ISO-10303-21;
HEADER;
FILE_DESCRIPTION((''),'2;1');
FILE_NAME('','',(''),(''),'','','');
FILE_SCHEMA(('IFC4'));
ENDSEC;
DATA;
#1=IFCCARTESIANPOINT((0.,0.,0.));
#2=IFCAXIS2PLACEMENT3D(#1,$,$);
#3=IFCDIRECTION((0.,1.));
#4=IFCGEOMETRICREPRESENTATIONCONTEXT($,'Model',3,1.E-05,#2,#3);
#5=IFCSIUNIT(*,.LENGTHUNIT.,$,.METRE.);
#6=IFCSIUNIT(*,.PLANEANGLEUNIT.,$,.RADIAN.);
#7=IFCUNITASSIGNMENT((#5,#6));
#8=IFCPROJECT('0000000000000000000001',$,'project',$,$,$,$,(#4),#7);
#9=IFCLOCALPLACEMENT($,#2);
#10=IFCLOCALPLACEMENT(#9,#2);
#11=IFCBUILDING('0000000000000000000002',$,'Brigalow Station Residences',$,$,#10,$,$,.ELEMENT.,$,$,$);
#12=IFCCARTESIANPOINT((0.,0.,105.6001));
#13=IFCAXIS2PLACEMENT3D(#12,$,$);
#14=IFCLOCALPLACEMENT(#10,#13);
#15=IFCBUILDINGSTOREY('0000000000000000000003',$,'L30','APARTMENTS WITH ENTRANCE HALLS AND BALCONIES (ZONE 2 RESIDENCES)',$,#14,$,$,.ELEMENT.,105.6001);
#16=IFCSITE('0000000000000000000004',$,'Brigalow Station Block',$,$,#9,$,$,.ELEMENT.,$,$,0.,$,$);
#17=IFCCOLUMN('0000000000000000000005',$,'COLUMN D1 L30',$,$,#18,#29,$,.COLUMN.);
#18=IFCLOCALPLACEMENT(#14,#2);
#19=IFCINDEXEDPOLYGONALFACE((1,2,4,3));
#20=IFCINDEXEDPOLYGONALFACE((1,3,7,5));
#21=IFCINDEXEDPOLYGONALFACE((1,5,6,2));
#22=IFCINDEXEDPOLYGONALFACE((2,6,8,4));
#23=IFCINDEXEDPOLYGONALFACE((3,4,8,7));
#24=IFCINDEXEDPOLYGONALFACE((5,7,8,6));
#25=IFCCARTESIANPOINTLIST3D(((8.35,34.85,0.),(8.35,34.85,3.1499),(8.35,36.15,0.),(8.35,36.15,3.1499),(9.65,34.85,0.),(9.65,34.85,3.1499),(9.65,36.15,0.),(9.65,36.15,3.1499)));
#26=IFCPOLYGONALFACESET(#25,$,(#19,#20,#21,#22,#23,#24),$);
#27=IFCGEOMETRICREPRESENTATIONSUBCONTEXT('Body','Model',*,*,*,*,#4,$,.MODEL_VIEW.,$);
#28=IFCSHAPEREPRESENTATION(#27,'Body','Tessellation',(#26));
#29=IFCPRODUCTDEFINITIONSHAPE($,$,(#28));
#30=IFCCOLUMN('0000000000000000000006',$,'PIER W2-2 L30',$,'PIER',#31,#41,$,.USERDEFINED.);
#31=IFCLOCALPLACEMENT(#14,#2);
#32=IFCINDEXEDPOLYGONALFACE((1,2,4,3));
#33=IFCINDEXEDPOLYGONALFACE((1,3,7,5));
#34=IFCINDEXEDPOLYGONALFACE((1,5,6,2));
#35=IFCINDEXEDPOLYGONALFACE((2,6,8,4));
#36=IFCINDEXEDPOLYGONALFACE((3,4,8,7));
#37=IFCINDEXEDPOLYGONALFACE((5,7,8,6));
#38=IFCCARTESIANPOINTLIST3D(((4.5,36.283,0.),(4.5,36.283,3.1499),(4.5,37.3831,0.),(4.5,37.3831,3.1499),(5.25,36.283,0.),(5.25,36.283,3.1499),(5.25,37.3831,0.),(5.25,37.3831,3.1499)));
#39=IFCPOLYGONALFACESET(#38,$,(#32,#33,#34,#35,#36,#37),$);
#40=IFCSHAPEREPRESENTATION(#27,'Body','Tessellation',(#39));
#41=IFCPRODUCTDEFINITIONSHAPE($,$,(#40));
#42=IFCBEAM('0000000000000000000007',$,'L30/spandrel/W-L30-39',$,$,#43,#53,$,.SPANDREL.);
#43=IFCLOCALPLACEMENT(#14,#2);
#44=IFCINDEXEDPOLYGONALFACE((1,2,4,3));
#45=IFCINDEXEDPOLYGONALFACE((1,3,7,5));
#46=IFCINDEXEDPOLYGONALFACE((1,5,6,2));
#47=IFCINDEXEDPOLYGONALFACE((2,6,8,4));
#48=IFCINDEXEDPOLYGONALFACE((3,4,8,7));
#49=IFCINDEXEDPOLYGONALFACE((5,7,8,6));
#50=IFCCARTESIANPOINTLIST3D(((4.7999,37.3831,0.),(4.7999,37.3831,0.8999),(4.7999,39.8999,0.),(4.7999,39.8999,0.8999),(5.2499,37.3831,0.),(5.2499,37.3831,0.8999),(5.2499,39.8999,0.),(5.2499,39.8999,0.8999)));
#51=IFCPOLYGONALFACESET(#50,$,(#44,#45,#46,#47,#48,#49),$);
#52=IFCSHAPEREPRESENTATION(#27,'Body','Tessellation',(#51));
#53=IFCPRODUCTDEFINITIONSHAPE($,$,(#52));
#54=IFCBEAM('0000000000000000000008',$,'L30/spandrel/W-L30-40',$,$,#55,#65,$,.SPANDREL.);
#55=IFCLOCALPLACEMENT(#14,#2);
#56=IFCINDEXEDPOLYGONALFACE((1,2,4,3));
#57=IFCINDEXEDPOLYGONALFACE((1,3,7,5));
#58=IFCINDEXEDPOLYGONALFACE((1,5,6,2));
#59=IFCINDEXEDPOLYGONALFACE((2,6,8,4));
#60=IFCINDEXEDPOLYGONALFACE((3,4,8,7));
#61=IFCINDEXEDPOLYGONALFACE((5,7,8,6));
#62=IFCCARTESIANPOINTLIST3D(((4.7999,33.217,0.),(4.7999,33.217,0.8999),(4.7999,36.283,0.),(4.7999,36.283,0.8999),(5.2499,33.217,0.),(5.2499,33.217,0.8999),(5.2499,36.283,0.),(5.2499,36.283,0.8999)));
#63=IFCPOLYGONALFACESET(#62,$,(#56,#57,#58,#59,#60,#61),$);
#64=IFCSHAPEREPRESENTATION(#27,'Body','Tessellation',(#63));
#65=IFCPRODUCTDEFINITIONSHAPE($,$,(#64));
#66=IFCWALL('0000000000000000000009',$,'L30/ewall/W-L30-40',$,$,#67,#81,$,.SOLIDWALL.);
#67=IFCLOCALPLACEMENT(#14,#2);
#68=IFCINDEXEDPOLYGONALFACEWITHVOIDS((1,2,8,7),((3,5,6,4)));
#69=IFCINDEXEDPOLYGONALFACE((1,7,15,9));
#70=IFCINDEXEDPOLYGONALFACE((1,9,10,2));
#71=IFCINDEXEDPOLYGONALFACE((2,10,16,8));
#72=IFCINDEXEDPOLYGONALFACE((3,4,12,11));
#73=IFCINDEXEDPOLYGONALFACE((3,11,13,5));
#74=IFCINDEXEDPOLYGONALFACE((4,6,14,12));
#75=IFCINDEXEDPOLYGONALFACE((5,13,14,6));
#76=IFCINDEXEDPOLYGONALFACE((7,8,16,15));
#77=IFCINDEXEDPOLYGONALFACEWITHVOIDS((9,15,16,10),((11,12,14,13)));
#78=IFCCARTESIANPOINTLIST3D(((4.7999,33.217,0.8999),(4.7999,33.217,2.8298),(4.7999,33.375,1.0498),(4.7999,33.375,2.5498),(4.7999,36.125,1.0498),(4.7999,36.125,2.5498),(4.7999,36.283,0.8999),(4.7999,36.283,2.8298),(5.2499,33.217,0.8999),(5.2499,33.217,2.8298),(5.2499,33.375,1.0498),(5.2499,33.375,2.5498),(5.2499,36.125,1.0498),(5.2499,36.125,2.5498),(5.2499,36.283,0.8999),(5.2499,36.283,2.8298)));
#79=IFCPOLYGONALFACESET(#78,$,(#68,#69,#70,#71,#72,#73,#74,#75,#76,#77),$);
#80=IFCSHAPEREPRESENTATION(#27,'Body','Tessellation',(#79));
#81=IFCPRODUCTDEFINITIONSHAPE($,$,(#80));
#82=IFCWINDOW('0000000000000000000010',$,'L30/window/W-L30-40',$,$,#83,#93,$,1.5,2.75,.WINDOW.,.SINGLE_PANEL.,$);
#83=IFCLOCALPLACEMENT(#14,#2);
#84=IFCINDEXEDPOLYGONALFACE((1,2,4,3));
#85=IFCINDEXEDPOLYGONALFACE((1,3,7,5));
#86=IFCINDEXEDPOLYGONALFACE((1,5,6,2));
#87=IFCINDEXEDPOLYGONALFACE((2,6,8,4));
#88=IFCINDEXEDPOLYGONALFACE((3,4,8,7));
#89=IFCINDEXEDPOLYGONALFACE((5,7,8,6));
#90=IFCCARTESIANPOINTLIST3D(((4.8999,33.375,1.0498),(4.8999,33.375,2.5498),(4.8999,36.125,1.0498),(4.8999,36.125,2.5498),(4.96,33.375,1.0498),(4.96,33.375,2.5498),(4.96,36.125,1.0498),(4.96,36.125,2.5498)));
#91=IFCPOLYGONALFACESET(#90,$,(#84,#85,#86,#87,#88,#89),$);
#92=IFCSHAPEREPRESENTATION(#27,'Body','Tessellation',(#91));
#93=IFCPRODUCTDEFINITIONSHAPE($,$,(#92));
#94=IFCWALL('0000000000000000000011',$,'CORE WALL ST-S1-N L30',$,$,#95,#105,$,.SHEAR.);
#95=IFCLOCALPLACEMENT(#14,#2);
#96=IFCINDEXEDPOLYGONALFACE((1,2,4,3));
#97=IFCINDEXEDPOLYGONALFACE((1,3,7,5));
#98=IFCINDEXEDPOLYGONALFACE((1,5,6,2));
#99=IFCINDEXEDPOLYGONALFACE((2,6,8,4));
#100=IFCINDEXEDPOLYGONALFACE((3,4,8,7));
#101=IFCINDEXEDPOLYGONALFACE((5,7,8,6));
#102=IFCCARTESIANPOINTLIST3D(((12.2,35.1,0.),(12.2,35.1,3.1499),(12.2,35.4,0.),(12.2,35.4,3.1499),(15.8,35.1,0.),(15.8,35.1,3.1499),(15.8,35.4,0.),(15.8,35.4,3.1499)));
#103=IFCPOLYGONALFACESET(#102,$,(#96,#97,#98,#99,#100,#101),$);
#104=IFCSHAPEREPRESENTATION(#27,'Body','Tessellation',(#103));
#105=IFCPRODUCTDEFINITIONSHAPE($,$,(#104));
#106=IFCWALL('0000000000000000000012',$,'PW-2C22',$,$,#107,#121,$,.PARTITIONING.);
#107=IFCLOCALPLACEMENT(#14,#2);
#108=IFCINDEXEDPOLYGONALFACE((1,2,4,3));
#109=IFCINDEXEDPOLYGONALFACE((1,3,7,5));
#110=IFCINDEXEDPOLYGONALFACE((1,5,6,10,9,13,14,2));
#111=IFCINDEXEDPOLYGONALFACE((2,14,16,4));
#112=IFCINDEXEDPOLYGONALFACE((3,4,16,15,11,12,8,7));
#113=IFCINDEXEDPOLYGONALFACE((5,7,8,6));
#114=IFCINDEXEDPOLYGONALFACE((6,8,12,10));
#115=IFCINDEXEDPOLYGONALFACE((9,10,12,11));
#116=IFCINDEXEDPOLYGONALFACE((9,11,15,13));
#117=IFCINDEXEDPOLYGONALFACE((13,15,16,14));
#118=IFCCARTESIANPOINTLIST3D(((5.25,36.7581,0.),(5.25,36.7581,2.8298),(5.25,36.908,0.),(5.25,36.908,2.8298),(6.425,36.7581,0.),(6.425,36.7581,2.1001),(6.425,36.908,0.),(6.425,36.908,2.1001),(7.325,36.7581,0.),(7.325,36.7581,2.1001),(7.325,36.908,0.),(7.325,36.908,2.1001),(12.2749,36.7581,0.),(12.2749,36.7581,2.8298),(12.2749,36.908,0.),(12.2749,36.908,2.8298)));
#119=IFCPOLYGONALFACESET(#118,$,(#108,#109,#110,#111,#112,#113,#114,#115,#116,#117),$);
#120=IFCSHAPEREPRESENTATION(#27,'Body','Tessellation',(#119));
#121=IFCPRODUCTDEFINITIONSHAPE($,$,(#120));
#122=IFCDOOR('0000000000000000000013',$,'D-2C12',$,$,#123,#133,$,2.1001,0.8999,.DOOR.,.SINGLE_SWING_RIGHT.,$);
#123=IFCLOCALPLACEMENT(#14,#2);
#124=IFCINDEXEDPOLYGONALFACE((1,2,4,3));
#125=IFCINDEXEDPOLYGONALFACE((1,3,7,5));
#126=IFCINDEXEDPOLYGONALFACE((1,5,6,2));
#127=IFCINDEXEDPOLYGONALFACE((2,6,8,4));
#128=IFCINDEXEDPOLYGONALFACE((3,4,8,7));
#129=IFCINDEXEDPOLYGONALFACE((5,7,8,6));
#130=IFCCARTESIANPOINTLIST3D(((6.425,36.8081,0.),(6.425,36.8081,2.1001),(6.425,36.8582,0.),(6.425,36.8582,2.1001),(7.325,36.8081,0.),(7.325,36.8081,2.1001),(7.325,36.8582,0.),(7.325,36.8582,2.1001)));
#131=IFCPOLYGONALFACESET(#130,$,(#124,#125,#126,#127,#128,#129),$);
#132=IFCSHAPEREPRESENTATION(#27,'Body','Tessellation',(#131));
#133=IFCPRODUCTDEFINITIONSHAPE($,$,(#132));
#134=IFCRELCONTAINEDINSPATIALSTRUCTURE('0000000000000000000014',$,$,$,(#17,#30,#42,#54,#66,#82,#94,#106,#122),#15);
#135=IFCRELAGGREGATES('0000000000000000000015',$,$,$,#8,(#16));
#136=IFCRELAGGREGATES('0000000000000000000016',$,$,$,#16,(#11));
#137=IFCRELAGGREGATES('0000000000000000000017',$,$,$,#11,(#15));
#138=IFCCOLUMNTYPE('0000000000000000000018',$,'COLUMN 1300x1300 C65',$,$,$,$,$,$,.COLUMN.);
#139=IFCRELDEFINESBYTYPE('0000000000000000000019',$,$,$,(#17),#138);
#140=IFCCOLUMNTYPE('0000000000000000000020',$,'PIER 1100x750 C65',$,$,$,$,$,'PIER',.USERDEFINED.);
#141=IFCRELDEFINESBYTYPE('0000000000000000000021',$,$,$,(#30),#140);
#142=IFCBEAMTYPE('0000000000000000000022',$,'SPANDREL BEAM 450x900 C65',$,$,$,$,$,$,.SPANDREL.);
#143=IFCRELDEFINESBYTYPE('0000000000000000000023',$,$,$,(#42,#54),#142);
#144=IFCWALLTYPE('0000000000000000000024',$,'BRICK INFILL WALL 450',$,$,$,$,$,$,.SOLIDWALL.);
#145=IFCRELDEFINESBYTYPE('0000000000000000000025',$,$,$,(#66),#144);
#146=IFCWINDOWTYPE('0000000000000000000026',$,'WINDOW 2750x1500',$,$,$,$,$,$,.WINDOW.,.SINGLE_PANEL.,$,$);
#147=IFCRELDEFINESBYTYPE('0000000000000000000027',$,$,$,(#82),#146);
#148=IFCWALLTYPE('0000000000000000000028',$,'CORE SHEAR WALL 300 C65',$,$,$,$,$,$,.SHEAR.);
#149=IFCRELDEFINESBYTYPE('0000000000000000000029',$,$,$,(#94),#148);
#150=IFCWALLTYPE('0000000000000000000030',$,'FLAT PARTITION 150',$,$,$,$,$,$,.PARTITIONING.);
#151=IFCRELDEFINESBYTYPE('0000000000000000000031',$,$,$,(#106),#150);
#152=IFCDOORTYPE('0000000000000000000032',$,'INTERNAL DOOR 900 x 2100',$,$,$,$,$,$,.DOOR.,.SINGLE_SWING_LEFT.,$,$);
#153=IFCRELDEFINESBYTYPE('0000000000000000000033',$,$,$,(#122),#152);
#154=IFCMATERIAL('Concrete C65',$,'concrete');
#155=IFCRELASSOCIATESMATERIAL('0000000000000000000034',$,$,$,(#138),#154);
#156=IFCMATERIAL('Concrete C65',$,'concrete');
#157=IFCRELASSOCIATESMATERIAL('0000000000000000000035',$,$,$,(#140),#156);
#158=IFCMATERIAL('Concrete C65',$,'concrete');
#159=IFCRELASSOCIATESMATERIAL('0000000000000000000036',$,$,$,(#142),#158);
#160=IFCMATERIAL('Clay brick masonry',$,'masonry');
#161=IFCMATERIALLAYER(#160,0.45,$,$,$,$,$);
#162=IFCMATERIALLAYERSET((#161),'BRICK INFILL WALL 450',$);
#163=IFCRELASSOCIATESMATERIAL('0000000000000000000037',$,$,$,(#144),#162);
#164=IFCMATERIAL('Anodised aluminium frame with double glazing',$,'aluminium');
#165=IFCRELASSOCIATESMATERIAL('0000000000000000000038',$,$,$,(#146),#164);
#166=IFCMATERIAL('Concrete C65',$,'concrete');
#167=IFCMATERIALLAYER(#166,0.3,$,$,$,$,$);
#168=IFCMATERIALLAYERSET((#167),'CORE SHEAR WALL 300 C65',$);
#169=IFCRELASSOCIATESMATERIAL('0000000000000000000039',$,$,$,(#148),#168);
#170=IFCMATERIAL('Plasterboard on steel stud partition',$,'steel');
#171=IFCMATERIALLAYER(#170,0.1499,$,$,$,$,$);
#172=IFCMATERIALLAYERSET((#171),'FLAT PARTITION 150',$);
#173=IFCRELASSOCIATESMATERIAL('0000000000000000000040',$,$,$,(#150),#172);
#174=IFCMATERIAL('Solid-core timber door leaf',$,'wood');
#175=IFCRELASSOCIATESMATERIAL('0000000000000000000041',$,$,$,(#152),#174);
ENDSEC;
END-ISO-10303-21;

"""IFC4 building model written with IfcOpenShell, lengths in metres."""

from ifc_helpers import new_model, si_unit, direction, frame, frame_2d, origin, origin_2d, place, context, subcontext, project, spatial, rectangle, extrude, material, layer, layer_set, material_profile, profile_set, type_object, element, fill, save


model = new_model("IFC4")

# Units and contexts
model_context = context("Model", 3, precision=1e-05, world=origin(), true_north=direction((0.0, 1.0)))
body_context = subcontext(model_context, "Body", "Model", "MODEL_VIEW")
ifc_project = project(units=[si_unit("LENGTHUNIT", "METRE"), si_unit("PLANEANGLEUNIT", "RADIAN")], contexts=[model_context])

# Site, building, storey
site_placement = place(None, origin())
site = spatial("IfcSite", under=ifc_project, at=site_placement, Name="Brigalow Station Block", CompositionType="ELEMENT", RefElevation=0.0)
building_placement = place(site_placement, origin())
building = spatial("IfcBuilding", under=site, at=building_placement, Name="Brigalow Station Residences", CompositionType="ELEMENT")
storey_placement = place(building_placement, frame((0.0, 0.0, 105.6001)))
storey = spatial("IfcBuildingStorey", under=building, at=storey_placement, Name="L30", Description="APARTMENTS WITH ENTRANCE HALLS AND BALCONIES (ZONE 2 RESIDENCES)", CompositionType="ELEMENT", Elevation=105.6001)

# Columns
ifc_material_1 = material(Name="Concrete C65", Category="concrete")
ifc_material_profile_1 = material_profile(ifc_material_1, rectangle(XDim=1.3, YDim=1.3, at=origin_2d()), Name="RC1300x1300")
ifc_profile_set_1 = profile_set([ifc_material_profile_1], Name="Concrete C65")
column_type_1 = type_object("IfcColumnType", Name="COLUMN 1300x1300 C65", PredefinedType="COLUMN", material=ifc_profile_set_1)
column_1_placement = place(storey_placement, frame((9.0, 35.5, 0.0), z_axis=(0.0, 0.0, 1.0), x_axis=(1.0, 0.0, 0.0)))
element("IfcColumn", 1, at=column_1_placement, inside=storey, type_object=column_type_1, Name="COLUMN D1 L30", PredefinedType="COLUMN", context=body_context, shape_type="SweptSolid", body=[
    extrude(rectangle(XDim=1.3, YDim=1.3, at=origin_2d()), origin(), (0.0, 0.0, 1.0), 3.1499),
])
ifc_material_2 = material(Name="Concrete C65", Category="concrete")
ifc_material_profile_2 = material_profile(ifc_material_2, rectangle(XDim=1.1001, YDim=0.75, at=origin_2d()), Name="RC1100x750")
ifc_profile_set_2 = profile_set([ifc_material_profile_2], Name="Concrete C65")
column_type_2 = type_object("IfcColumnType", Name="PIER 1100x750 C65", ElementType="PIER", PredefinedType="USERDEFINED", material=ifc_profile_set_2)
column_2_placement = place(storey_placement, frame((4.875, 36.833, 0.0), z_axis=(0.0, 0.0, 1.0), x_axis=(0.0, -1.0, 0.0)))
element("IfcColumn", 2, at=column_2_placement, inside=storey, type_object=column_type_2, Name="PIER W2-2 L30", ObjectType="PIER", PredefinedType="USERDEFINED", context=body_context, shape_type="SweptSolid", body=[
    extrude(rectangle(XDim=1.1001, YDim=0.75, at=origin_2d()), origin(), (0.0, 0.0, 1.0), 3.1499),
])

# Beams
ifc_material_3 = material(Name="Concrete C65", Category="concrete")
ifc_material_profile_3 = material_profile(ifc_material_3, rectangle(XDim=0.45, YDim=0.8999, at=origin_2d()), Name="RC450x900")
ifc_profile_set_3 = profile_set([ifc_material_profile_3], Name="Concrete C65")
beam_type = type_object("IfcBeamType", Name="SPANDREL BEAM 450x900 C65", PredefinedType="SPANDREL", material=ifc_profile_set_3)
beam_1_placement = place(storey_placement, frame((5.0249, 39.8999, 0.45), z_axis=(0.0, -1.0, 0.0), x_axis=(1.0, 0.0, 0.0)))
element("IfcBeam", 3, at=beam_1_placement, inside=storey, type_object=beam_type, Name="L30/spandrel/W-L30-39", PredefinedType="SPANDREL", context=body_context, shape_type="SweptSolid", body=[
    extrude(rectangle(XDim=0.45, YDim=0.8999, at=origin_2d()), origin(), (0.0, 0.0, 1.0), 2.5168),
])
beam_2_placement = place(storey_placement, frame((5.0249, 36.283, 0.45), z_axis=(0.0, -1.0, 0.0), x_axis=(1.0, 0.0, 0.0)))
element("IfcBeam", 4, at=beam_2_placement, inside=storey, type_object=beam_type, Name="L30/spandrel/W-L30-40", PredefinedType="SPANDREL", context=body_context, shape_type="SweptSolid", body=[
    extrude(rectangle(XDim=0.45, YDim=0.8999, at=origin_2d()), origin(), (0.0, 0.0, 1.0), 3.0659),
])

# Wall, opening, window
ifc_material_4 = material(Name="Clay brick masonry", Category="masonry")
ifc_layer_1 = layer(ifc_material_4, 0.45)
ifc_layer_set_1 = layer_set([ifc_layer_1], Name="BRICK INFILL WALL 450")
wall_type_1 = type_object("IfcWallType", Name="BRICK INFILL WALL 450", PredefinedType="SOLIDWALL", material=ifc_layer_set_1)
wall_1_placement = place(storey_placement, frame((5.0249, 36.283, 0.8999), z_axis=(0.0, 0.0, 1.0), x_axis=(0.0, -1.0, 0.0)))
wall_1 = element("IfcWall", 5, at=wall_1_placement, inside=storey, type_object=wall_type_1, Name="L30/ewall/W-L30-40", PredefinedType="SOLIDWALL", context=body_context, shape_type="SweptSolid", body=[
    extrude(rectangle(XDim=3.0659, YDim=0.45, at=frame_2d((1.533, 0.0))), origin(), (0.0, 0.0, 1.0), 1.9299),
])
opening_1_placement = place(wall_1_placement, frame((0.158, 0.0, 0.1499)))
opening_1 = element("IfcOpeningElement", 6, at=opening_1_placement, cuts=wall_1, PredefinedType="OPENING", context=body_context, shape_type="SweptSolid", body=[
    extrude(rectangle(XDim=2.75, YDim=1.5, at=frame_2d((1.375, 0.75))), frame((0.0, 0.2349, 0.0), z_axis=(0.0, -1.0, 0.0), x_axis=(1.0, 0.0, 0.0)), (0.0, 0.0, 1.0), 0.47),
])
ifc_material_5 = material(Name="Anodised aluminium frame with double glazing", Category="aluminium")
window_type = type_object("IfcWindowType", Name="WINDOW 2750x1500", PartitioningType="SINGLE_PANEL", PredefinedType="WINDOW", material=ifc_material_5)
window_placement = place(opening_1_placement, origin())
window = element("IfcWindow", 7, at=window_placement, inside=storey, type_object=window_type, Name="L30/window/W-L30-40", OverallHeight=1.5, OverallWidth=2.75, PartitioningType="SINGLE_PANEL", PredefinedType="WINDOW", context=body_context, shape_type="SweptSolid", body=[
    extrude(rectangle(XDim=2.75, YDim=1.5, at=frame_2d((1.375, 0.75))), frame((0.0, -0.0649, 0.0), z_axis=(0.0, -1.0, 0.0), x_axis=(1.0, 0.0, 0.0)), (0.0, 0.0, 1.0), 0.0601),
])
fill(opening_1, window)

# Wall
ifc_material_6 = material(Name="Concrete C65", Category="concrete")
ifc_layer_2 = layer(ifc_material_6, 0.3)
ifc_layer_set_2 = layer_set([ifc_layer_2], Name="CORE SHEAR WALL 300 C65")
wall_type_2 = type_object("IfcWallType", Name="CORE SHEAR WALL 300 C65", PredefinedType="SHEAR", material=ifc_layer_set_2)
wall_2_placement = place(storey_placement, frame((12.2, 35.25, 0.0), z_axis=(0.0, 0.0, 1.0), x_axis=(1.0, 0.0, 0.0)))
element("IfcWall", 8, at=wall_2_placement, inside=storey, type_object=wall_type_2, Name="CORE WALL ST-S1-N L30", PredefinedType="SHEAR", context=body_context, shape_type="SweptSolid", body=[
    extrude(rectangle(XDim=3.6001, YDim=0.3, at=frame_2d((1.8, 0.0))), origin(), (0.0, 0.0, 1.0), 3.1499),
])

# Wall, opening, door
ifc_material_7 = material(Name="Plasterboard on steel stud partition", Category="steel")
ifc_layer_3 = layer(ifc_material_7, 0.1499)
ifc_layer_set_3 = layer_set([ifc_layer_3], Name="FLAT PARTITION 150")
wall_type_3 = type_object("IfcWallType", Name="FLAT PARTITION 150", PredefinedType="PARTITIONING", material=ifc_layer_set_3)
wall_3_placement = place(storey_placement, frame((5.25, 36.833, 0.0), z_axis=(0.0, 0.0, 1.0), x_axis=(1.0, 0.0, 0.0)))
wall_3 = element("IfcWall", 9, at=wall_3_placement, inside=storey, type_object=wall_type_3, Name="PW-2C22", PredefinedType="PARTITIONING", context=body_context, shape_type="SweptSolid", body=[
    extrude(rectangle(XDim=7.0249, YDim=0.1499, at=frame_2d((3.5125, 0.0))), origin(), (0.0, 0.0, 1.0), 2.8298),
])
opening_2_placement = place(wall_3_placement, frame((1.175, 0.0, 0.0)))
opening_2 = element("IfcOpeningElement", 10, at=opening_2_placement, cuts=wall_3, PredefinedType="OPENING", context=body_context, shape_type="SweptSolid", body=[
    extrude(rectangle(XDim=0.8999, YDim=2.1001, at=frame_2d((0.45, 1.05))), frame((0.0, 0.085, 0.0), z_axis=(0.0, -1.0, 0.0), x_axis=(1.0, 0.0, 0.0)), (0.0, 0.0, 1.0), 0.1699),
])
ifc_material_8 = material(Name="Solid-core timber door leaf", Category="wood")
door_type_1 = type_object("IfcDoorType", Name="INTERNAL DOOR 900 x 2100", OperationType="SINGLE_SWING_LEFT", PredefinedType="DOOR", material=ifc_material_8)
door_1_placement = place(opening_2_placement, frame((0.8999, 0.0, 0.0), z_axis=(0.0, 0.0, 1.0), x_axis=(-1.0, 0.0, 0.0)))
door_1 = element("IfcDoor", 11, at=door_1_placement, inside=storey, type_object=door_type_1, Name="D-2C12", OperationType="SINGLE_SWING_RIGHT", OverallHeight=2.1001, OverallWidth=0.8999, PredefinedType="DOOR", context=body_context, shape_type="SweptSolid", body=[
    extrude(rectangle(XDim=0.8999, YDim=2.1001, at=frame_2d((0.45, 1.05))), frame((0.0, 0.0249, 0.0), z_axis=(0.0, -1.0, 0.0), x_axis=(1.0, 0.0, 0.0)), (0.0, 0.0, 1.0), 0.05),
])
fill(opening_2, door_1)

save(model, "model.ifc")
